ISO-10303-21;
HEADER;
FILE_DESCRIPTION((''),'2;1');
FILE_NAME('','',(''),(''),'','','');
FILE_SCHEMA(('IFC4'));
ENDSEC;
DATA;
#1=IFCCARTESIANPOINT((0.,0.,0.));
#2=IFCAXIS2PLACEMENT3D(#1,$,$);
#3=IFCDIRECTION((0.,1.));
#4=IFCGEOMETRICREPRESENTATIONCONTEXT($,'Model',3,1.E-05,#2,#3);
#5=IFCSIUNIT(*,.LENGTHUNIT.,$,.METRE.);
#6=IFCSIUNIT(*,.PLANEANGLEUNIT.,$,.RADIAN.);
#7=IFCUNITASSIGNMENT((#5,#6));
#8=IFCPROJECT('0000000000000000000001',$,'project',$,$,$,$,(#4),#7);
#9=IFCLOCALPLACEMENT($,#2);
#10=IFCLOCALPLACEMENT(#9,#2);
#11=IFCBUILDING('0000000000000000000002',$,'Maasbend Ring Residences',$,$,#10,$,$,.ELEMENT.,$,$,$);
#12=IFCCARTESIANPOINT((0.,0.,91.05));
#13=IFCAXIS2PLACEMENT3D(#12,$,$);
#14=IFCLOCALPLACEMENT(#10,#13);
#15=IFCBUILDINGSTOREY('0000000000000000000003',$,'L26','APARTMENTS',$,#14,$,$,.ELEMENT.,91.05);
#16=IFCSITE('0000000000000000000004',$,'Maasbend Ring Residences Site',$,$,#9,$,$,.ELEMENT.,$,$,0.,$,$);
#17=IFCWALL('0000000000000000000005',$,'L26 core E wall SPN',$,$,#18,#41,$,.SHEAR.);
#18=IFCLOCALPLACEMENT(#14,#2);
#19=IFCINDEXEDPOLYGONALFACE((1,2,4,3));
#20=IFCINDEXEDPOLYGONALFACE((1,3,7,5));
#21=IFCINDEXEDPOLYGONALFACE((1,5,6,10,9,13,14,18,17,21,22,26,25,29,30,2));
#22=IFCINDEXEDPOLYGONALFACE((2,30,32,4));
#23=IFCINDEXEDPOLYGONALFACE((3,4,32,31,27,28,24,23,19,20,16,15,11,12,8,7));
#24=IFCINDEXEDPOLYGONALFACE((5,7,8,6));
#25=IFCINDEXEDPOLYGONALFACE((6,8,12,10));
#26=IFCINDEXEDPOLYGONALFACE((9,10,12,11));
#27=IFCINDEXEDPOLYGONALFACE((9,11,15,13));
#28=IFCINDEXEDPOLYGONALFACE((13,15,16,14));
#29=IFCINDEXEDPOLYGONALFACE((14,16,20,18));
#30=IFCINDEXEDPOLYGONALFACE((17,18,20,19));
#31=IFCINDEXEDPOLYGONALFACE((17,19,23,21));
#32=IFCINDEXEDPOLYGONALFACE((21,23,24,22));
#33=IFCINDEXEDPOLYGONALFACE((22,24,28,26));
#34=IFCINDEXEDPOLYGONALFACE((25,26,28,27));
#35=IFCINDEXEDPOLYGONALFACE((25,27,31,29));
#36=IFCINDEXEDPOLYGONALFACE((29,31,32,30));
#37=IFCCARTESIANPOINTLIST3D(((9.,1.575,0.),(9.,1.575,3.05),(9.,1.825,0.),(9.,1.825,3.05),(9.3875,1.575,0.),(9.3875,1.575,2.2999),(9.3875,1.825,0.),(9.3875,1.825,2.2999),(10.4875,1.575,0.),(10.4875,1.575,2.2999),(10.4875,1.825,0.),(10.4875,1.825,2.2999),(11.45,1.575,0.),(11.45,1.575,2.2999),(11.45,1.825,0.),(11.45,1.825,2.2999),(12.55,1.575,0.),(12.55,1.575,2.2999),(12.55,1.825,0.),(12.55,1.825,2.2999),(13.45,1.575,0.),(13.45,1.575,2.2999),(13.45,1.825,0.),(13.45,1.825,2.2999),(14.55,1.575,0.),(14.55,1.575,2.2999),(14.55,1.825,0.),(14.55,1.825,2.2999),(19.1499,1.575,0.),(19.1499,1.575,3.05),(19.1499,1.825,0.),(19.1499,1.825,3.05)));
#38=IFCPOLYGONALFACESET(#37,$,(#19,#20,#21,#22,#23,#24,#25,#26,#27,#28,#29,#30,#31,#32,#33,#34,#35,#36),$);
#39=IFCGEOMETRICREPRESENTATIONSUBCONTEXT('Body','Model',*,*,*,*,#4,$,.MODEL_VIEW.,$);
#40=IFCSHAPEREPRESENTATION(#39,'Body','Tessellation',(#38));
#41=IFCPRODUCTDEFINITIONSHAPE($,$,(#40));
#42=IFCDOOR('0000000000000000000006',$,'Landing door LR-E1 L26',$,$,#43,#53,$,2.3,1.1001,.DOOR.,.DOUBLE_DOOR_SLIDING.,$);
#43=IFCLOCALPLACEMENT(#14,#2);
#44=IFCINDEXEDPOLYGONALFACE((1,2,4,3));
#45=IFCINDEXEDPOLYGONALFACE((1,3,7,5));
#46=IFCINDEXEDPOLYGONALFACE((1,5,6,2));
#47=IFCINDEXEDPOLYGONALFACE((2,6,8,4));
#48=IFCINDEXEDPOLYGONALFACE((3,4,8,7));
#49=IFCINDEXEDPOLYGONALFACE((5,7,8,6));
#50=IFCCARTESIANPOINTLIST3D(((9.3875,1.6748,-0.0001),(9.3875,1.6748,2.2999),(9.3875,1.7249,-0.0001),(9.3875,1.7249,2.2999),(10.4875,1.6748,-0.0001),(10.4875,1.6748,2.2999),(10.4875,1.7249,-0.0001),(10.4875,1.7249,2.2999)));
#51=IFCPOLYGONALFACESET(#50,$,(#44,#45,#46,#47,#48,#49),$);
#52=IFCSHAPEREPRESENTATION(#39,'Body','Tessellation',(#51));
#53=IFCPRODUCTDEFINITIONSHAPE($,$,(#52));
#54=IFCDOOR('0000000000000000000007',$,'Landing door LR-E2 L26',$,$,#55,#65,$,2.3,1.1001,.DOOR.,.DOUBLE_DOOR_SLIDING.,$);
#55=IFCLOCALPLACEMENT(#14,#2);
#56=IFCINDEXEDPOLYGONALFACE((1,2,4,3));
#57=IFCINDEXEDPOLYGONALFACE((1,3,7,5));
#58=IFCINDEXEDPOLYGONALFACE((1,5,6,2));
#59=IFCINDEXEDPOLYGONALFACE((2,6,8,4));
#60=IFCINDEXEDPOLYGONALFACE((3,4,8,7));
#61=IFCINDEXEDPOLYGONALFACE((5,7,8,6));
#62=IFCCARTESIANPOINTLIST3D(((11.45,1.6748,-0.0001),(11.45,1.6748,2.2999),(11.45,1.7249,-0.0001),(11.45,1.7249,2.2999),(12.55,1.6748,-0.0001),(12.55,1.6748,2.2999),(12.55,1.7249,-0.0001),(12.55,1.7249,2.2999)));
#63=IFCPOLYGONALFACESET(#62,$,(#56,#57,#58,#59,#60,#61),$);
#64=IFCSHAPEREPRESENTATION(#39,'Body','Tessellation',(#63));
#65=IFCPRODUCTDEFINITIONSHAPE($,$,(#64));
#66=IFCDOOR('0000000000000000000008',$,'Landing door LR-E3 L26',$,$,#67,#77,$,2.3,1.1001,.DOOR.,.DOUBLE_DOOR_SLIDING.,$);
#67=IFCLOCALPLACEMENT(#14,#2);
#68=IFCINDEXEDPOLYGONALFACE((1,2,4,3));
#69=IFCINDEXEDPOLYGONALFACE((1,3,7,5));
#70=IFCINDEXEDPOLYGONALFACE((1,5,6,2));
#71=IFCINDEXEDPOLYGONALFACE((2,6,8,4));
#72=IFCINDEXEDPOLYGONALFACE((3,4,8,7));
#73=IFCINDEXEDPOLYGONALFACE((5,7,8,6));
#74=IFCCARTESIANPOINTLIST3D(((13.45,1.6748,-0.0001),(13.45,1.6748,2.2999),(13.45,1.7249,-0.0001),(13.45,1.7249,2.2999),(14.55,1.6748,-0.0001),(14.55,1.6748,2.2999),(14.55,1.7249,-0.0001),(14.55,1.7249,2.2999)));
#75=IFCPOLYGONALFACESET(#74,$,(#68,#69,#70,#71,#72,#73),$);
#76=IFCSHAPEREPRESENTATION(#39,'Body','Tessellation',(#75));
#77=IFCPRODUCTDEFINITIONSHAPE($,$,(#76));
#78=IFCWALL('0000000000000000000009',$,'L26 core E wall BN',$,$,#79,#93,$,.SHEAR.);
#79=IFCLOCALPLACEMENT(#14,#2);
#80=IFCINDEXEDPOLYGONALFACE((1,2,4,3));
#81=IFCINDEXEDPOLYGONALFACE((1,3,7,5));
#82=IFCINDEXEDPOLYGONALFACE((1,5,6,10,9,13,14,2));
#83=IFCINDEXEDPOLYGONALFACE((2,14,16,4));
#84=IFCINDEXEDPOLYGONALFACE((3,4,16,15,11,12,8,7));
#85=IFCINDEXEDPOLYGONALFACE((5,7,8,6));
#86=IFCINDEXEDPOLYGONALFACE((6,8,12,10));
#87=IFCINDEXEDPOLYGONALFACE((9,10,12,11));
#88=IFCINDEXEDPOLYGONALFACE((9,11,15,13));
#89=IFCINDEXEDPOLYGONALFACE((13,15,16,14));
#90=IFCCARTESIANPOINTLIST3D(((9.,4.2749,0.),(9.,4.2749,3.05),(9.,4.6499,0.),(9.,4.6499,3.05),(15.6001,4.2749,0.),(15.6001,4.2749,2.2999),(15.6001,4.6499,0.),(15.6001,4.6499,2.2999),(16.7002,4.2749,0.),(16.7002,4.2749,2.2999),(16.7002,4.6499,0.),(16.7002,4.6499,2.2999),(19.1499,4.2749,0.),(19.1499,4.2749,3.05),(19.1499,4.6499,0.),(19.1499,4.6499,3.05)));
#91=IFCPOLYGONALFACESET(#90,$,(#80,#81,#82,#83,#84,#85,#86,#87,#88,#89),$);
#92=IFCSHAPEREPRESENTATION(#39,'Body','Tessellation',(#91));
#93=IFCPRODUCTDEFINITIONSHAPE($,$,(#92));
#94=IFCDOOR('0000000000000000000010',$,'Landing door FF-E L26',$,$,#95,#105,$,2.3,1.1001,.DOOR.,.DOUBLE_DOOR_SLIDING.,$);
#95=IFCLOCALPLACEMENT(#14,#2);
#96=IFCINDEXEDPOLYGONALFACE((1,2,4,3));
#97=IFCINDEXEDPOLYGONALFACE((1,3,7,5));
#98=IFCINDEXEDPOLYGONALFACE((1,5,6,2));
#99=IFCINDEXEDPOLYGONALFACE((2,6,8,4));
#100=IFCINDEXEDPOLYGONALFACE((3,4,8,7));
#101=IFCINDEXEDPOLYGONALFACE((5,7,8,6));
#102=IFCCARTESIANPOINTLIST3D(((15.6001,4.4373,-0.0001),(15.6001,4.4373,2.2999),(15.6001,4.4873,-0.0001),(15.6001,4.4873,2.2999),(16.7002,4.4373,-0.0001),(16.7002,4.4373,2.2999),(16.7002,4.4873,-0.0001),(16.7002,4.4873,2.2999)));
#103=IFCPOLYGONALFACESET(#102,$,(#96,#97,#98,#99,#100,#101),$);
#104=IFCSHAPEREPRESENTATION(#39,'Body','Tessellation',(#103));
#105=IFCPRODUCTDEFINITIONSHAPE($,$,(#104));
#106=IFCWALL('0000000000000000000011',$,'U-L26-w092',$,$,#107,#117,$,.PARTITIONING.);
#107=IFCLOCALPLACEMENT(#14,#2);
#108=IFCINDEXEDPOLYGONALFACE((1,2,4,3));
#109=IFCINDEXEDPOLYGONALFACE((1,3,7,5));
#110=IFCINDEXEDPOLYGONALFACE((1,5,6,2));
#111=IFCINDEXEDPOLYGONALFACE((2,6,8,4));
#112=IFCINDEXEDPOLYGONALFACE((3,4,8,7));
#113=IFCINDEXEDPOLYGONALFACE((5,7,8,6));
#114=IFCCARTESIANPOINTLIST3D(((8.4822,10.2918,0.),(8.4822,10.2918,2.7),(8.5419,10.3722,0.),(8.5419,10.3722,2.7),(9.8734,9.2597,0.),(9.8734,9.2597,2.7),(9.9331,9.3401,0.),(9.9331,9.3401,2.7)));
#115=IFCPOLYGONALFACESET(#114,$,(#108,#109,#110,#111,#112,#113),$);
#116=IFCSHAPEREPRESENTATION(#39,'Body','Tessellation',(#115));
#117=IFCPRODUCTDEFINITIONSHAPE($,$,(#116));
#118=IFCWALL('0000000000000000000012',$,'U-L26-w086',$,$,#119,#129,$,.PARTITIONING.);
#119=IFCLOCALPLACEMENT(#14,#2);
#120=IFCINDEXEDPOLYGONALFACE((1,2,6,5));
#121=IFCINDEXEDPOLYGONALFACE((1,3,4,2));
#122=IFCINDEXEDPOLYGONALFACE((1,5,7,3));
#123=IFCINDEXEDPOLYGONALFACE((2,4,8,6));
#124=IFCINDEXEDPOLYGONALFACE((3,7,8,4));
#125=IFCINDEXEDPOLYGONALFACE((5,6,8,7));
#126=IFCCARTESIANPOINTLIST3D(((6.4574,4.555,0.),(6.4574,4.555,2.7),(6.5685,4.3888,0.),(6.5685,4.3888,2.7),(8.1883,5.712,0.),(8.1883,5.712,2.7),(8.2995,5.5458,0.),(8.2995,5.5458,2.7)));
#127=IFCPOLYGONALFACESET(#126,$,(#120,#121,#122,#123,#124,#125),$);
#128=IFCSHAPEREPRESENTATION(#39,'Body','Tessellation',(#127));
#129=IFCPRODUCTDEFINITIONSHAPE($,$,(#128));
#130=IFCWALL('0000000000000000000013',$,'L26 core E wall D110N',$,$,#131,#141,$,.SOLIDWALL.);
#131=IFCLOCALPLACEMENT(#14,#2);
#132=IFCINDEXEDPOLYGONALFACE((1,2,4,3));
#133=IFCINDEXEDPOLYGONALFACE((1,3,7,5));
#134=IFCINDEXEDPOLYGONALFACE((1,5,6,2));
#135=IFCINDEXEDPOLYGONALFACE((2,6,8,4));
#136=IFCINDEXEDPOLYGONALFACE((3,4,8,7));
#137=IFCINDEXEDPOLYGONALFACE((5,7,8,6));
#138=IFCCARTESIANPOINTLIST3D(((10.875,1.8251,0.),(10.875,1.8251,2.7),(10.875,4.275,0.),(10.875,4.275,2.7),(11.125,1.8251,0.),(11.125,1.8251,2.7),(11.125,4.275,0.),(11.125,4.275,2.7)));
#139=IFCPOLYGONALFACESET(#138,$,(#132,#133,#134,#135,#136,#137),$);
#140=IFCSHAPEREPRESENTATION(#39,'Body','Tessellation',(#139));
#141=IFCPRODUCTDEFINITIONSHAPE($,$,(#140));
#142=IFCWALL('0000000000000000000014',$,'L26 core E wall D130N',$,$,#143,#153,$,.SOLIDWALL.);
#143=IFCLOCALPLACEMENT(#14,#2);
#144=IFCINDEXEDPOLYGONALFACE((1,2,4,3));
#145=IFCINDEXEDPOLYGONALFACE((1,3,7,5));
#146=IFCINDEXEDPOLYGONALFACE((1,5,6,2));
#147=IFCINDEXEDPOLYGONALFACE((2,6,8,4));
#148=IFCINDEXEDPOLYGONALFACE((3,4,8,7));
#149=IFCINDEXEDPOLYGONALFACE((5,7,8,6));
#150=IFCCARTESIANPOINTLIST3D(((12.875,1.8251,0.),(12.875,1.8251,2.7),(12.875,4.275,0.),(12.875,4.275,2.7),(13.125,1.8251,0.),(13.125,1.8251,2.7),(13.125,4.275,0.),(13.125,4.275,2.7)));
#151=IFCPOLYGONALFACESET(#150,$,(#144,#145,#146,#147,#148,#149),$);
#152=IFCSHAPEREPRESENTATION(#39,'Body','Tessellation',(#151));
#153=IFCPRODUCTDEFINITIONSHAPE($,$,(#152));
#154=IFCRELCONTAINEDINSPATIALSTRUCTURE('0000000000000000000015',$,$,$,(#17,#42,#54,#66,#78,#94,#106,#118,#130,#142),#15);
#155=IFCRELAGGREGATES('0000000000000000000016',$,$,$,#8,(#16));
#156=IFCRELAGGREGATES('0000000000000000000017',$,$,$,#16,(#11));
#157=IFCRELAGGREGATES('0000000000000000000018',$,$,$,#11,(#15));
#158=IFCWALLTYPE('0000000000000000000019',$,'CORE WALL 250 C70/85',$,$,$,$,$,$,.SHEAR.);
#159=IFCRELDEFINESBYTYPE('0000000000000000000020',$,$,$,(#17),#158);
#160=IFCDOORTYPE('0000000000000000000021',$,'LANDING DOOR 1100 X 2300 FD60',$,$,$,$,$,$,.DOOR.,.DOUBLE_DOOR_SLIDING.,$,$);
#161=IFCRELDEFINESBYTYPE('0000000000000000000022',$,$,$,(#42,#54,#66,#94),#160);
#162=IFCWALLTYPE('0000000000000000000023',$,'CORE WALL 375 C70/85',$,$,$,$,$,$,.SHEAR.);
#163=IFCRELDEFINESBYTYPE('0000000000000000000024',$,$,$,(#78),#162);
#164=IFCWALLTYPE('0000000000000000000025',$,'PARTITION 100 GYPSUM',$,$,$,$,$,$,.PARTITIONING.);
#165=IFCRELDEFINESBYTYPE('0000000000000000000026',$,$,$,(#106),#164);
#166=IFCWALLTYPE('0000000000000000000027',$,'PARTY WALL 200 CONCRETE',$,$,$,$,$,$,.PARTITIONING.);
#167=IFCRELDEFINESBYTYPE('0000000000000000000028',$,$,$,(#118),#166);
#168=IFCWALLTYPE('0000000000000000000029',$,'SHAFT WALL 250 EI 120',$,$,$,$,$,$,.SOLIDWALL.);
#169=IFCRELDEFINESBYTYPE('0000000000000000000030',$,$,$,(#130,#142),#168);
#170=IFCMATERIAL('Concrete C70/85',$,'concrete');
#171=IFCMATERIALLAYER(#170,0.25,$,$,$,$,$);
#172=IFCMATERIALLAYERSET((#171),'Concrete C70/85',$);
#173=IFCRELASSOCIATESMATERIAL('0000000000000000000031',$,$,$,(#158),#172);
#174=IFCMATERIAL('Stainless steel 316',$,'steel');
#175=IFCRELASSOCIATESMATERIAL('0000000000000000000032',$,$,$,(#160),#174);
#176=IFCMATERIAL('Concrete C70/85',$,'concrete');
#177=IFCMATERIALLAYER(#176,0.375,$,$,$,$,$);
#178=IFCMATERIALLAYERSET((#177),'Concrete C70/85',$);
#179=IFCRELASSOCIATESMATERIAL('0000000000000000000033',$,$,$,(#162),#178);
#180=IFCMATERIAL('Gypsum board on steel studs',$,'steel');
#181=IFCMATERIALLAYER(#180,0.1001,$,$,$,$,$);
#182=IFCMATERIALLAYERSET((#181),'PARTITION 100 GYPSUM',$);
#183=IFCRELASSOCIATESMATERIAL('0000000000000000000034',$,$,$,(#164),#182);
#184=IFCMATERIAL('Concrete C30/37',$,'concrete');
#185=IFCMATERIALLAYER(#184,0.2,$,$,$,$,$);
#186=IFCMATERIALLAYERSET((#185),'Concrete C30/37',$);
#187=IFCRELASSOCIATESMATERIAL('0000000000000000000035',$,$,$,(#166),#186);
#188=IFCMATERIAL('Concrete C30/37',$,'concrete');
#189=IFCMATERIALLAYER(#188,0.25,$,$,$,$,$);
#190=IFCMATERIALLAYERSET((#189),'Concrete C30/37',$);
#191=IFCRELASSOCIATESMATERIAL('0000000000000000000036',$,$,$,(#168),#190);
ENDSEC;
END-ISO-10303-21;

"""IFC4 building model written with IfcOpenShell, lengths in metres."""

from ifc_helpers import new_model, si_unit, direction, frame, frame_2d, origin, place, context, subcontext, project, spatial, rectangle, extrude, material, layer, layer_set, type_object, element, fill, save


model = new_model("IFC4")

# Units and contexts
model_context = context("Model", 3, precision=1e-05, world=origin(), true_north=direction((0.0, 1.0)))
body_context = subcontext(model_context, "Body", "Model", "MODEL_VIEW")
ifc_project = project(units=[si_unit("LENGTHUNIT", "METRE"), si_unit("PLANEANGLEUNIT", "RADIAN")], contexts=[model_context])

# Site, building, storey
site_placement = place(None, origin())
site = spatial("IfcSite", under=ifc_project, at=site_placement, Name="Maasbend Ring Residences Site", CompositionType="ELEMENT", RefElevation=0.0)
building_placement = place(site_placement, origin())
building = spatial("IfcBuilding", under=site, at=building_placement, Name="Maasbend Ring Residences", CompositionType="ELEMENT")
storey_placement = place(building_placement, frame((0.0, 0.0, 91.05)))
storey = spatial("IfcBuildingStorey", under=building, at=storey_placement, Name="L26", Description="APARTMENTS", CompositionType="ELEMENT", Elevation=91.05)

# Wall, openings, doors
ifc_material_1 = material(Name="Concrete C70/85", Category="concrete")
ifc_layer_1 = layer(ifc_material_1, 0.25)
ifc_layer_set_1 = layer_set([ifc_layer_1], Name="Concrete C70/85")
wall_type_1 = type_object("IfcWallType", Name="CORE WALL 250 C70/85", PredefinedType="SHEAR", material=ifc_layer_set_1)
wall_1_placement = place(storey_placement, frame((9.0, 1.7, 0.0), z_axis=(0.0, 0.0, 1.0), x_axis=(1.0, 0.0, 0.0)))
wall_1 = element("IfcWall", 1, at=wall_1_placement, inside=storey, type_object=wall_type_1, Name="L26 core E wall SPN", PredefinedType="SHEAR", context=body_context, shape_type="SweptSolid", body=[
    extrude(rectangle(XDim=10.1499, YDim=0.25, at=frame_2d((5.075, 0.0))), origin(), (0.0, 0.0, 1.0), 3.05),
])
opening_1_placement = place(wall_1_placement, frame((0.3875, 0.0, 0.0)))
opening_1 = element("IfcOpeningElement", 2, at=opening_1_placement, cuts=wall_1, PredefinedType="OPENING", context=body_context, shape_type="SweptSolid", body=[
    extrude(rectangle(XDim=1.1001, YDim=2.3, at=frame_2d((0.55, 1.1499))), frame((0.0, 0.135, 0.0), z_axis=(0.0, -1.0, 0.0), x_axis=(1.0, 0.0, 0.0)), (0.0, 0.0, 1.0), 0.27),
])
opening_2_placement = place(wall_1_placement, frame((2.45, 0.0, 0.0)))
opening_2 = element("IfcOpeningElement", 3, at=opening_2_placement, cuts=wall_1, PredefinedType="OPENING", context=body_context, shape_type="SweptSolid", body=[
    extrude(rectangle(XDim=1.1001, YDim=2.3, at=frame_2d((0.55, 1.1499))), frame((0.0, 0.135, 0.0), z_axis=(0.0, -1.0, 0.0), x_axis=(1.0, 0.0, 0.0)), (0.0, 0.0, 1.0), 0.27),
])
opening_3_placement = place(wall_1_placement, frame((4.45, 0.0, 0.0)))
opening_3 = element("IfcOpeningElement", 4, at=opening_3_placement, cuts=wall_1, PredefinedType="OPENING", context=body_context, shape_type="SweptSolid", body=[
    extrude(rectangle(XDim=1.1001, YDim=2.3, at=frame_2d((0.55, 1.1499))), frame((0.0, 0.135, 0.0), z_axis=(0.0, -1.0, 0.0), x_axis=(1.0, 0.0, 0.0)), (0.0, 0.0, 1.0), 0.27),
])
ifc_material_2 = material(Name="Stainless steel 316", Category="steel")
door_type = type_object("IfcDoorType", Name="LANDING DOOR 1100 X 2300 FD60", OperationType="DOUBLE_DOOR_SLIDING", PredefinedType="DOOR", material=ifc_material_2)
door_1_placement = place(opening_1_placement, origin())
door_1 = element("IfcDoor", 5, at=door_1_placement, inside=storey, type_object=door_type, Name="Landing door LR-E1 L26", OperationType="DOUBLE_DOOR_SLIDING", OverallHeight=2.3, OverallWidth=1.1001, PredefinedType="DOOR", context=body_context, shape_type="SweptSolid", body=[
    extrude(rectangle(XDim=1.1001, YDim=2.3, at=frame_2d((0.55, 1.1499))), frame((0.0, 0.0249, 0.0), z_axis=(0.0, -1.0, 0.0), x_axis=(1.0, 0.0, 0.0)), (0.0, 0.0, 1.0), 0.05),
])
fill(opening_1, door_1)
door_2_placement = place(opening_2_placement, origin())
door_2 = element("IfcDoor", 6, at=door_2_placement, inside=storey, type_object=door_type, Name="Landing door LR-E2 L26", OperationType="DOUBLE_DOOR_SLIDING", OverallHeight=2.3, OverallWidth=1.1001, PredefinedType="DOOR", context=body_context, shape_type="SweptSolid", body=[
    extrude(rectangle(XDim=1.1001, YDim=2.3, at=frame_2d((0.55, 1.1499))), frame((0.0, 0.0249, 0.0), z_axis=(0.0, -1.0, 0.0), x_axis=(1.0, 0.0, 0.0)), (0.0, 0.0, 1.0), 0.05),
])
fill(opening_2, door_2)
door_3_placement = place(opening_3_placement, origin())
door_3 = element("IfcDoor", 7, at=door_3_placement, inside=storey, type_object=door_type, Name="Landing door LR-E3 L26", OperationType="DOUBLE_DOOR_SLIDING", OverallHeight=2.3, OverallWidth=1.1001, PredefinedType="DOOR", context=body_context, shape_type="SweptSolid", body=[
    extrude(rectangle(XDim=1.1001, YDim=2.3, at=frame_2d((0.55, 1.1499))), frame((0.0, 0.0249, 0.0), z_axis=(0.0, -1.0, 0.0), x_axis=(1.0, 0.0, 0.0)), (0.0, 0.0, 1.0), 0.05),
])
fill(opening_3, door_3)

# Wall, opening, door
ifc_material_3 = material(Name="Concrete C70/85", Category="concrete")
ifc_layer_2 = layer(ifc_material_3, 0.375)
ifc_layer_set_2 = layer_set([ifc_layer_2], Name="Concrete C70/85")
wall_type_2 = type_object("IfcWallType", Name="CORE WALL 375 C70/85", PredefinedType="SHEAR", material=ifc_layer_set_2)
wall_2_placement = place(storey_placement, frame((9.0, 4.4624, 0.0), z_axis=(0.0, 0.0, 1.0), x_axis=(1.0, 0.0, 0.0)))
wall_2 = element("IfcWall", 8, at=wall_2_placement, inside=storey, type_object=wall_type_2, Name="L26 core E wall BN", PredefinedType="SHEAR", context=body_context, shape_type="SweptSolid", body=[
    extrude(rectangle(XDim=10.1499, YDim=0.375, at=frame_2d((5.075, 0.0))), origin(), (0.0, 0.0, 1.0), 3.05),
])
opening_4_placement = place(wall_2_placement, frame((6.6001, 0.0, 0.0)))
opening_4 = element("IfcOpeningElement", 9, at=opening_4_placement, cuts=wall_2, PredefinedType="OPENING", context=body_context, shape_type="SweptSolid", body=[
    extrude(rectangle(XDim=1.1001, YDim=2.3, at=frame_2d((0.55, 1.1499))), frame((0.0, 0.1975, 0.0), z_axis=(0.0, -1.0, 0.0), x_axis=(1.0, 0.0, 0.0)), (0.0, 0.0, 1.0), 0.395),
])
door_4_placement = place(opening_4_placement, origin())
door_4 = element("IfcDoor", 10, at=door_4_placement, inside=storey, type_object=door_type, Name="Landing door FF-E L26", OperationType="DOUBLE_DOOR_SLIDING", OverallHeight=2.3, OverallWidth=1.1001, PredefinedType="DOOR", context=body_context, shape_type="SweptSolid", body=[
    extrude(rectangle(XDim=1.1001, YDim=2.3, at=frame_2d((0.55, 1.1499))), frame((0.0, 0.0249, 0.0), z_axis=(0.0, -1.0, 0.0), x_axis=(1.0, 0.0, 0.0)), (0.0, 0.0, 1.0), 0.05),
])
fill(opening_4, door_4)

# Walls
ifc_material_4 = material(Name="Gypsum board on steel studs", Category="steel")
ifc_layer_3 = layer(ifc_material_4, 0.1001)
ifc_layer_set_3 = layer_set([ifc_layer_3], Name="PARTITION 100 GYPSUM")
wall_type_3 = type_object("IfcWallType", Name="PARTITION 100 GYPSUM", PredefinedType="PARTITIONING", material=ifc_layer_set_3)
wall_3_placement = place(storey_placement, frame((8.512, 10.332, 0.0), z_axis=(0.0, 0.0, 1.0), x_axis=(0.803135, -0.595797, 0.0)))
element("IfcWall", 11, at=wall_3_placement, inside=storey, type_object=wall_type_3, Name="U-L26-w092", PredefinedType="PARTITIONING", context=body_context, shape_type="SweptSolid", body=[
    extrude(rectangle(XDim=1.7322, YDim=0.1001, at=frame_2d((0.8662, 0.0))), origin(), (0.0, 0.0, 1.0), 2.7),
])
ifc_material_5 = material(Name="Concrete C30/37", Category="concrete")
ifc_layer_4 = layer(ifc_material_5, 0.2)
ifc_layer_set_4 = layer_set([ifc_layer_4], Name="Concrete C30/37")
wall_type_4 = type_object("IfcWallType", Name="PARTY WALL 200 CONCRETE", PredefinedType="PARTITIONING", material=ifc_layer_set_4)
wall_4_placement = place(storey_placement, frame((6.5129, 4.4719, 0.0), z_axis=(0.0, 0.0, 1.0), x_axis=(0.831382, 0.555701, 0.0)))
element("IfcWall", 12, at=wall_4_placement, inside=storey, type_object=wall_type_4, Name="U-L26-w086", PredefinedType="PARTITIONING", context=body_context, shape_type="SweptSolid", body=[
    extrude(rectangle(XDim=2.082, YDim=0.2, at=frame_2d((1.041, 0.0))), origin(), (0.0, 0.0, 1.0), 2.7),
])
ifc_material_6 = material(Name="Concrete C30/37", Category="concrete")
ifc_layer_5 = layer(ifc_material_6, 0.25)
ifc_layer_set_5 = layer_set([ifc_layer_5], Name="Concrete C30/37")
wall_type_5 = type_object("IfcWallType", Name="SHAFT WALL 250 EI 120", PredefinedType="SOLIDWALL", material=ifc_layer_set_5)
for number, where, z_axis, x_axis, name in (
    (13, (11.0, 1.825, 0.0), (0.0, 0.0, 1.0), (0.0, 1.0, 0.0), "L26 core E wall D110N"),
    (14, (13.0, 1.825, 0.0), (0.0, 0.0, 1.0), (0.0, 1.0, 0.0), "L26 core E wall D130N"),
):
    element("IfcWall", number, at=place(storey_placement, frame(where, z_axis=z_axis, x_axis=x_axis)), inside=storey, type_object=wall_type_5, Name=name, PredefinedType="SOLIDWALL", context=body_context, shape_type="SweptSolid", body=[
        extrude(rectangle(XDim=2.45, YDim=0.25, at=frame_2d((1.2251, 0.0))), origin(), (0.0, 0.0, 1.0), 2.7),
    ])

save(model, "model.ifc")
